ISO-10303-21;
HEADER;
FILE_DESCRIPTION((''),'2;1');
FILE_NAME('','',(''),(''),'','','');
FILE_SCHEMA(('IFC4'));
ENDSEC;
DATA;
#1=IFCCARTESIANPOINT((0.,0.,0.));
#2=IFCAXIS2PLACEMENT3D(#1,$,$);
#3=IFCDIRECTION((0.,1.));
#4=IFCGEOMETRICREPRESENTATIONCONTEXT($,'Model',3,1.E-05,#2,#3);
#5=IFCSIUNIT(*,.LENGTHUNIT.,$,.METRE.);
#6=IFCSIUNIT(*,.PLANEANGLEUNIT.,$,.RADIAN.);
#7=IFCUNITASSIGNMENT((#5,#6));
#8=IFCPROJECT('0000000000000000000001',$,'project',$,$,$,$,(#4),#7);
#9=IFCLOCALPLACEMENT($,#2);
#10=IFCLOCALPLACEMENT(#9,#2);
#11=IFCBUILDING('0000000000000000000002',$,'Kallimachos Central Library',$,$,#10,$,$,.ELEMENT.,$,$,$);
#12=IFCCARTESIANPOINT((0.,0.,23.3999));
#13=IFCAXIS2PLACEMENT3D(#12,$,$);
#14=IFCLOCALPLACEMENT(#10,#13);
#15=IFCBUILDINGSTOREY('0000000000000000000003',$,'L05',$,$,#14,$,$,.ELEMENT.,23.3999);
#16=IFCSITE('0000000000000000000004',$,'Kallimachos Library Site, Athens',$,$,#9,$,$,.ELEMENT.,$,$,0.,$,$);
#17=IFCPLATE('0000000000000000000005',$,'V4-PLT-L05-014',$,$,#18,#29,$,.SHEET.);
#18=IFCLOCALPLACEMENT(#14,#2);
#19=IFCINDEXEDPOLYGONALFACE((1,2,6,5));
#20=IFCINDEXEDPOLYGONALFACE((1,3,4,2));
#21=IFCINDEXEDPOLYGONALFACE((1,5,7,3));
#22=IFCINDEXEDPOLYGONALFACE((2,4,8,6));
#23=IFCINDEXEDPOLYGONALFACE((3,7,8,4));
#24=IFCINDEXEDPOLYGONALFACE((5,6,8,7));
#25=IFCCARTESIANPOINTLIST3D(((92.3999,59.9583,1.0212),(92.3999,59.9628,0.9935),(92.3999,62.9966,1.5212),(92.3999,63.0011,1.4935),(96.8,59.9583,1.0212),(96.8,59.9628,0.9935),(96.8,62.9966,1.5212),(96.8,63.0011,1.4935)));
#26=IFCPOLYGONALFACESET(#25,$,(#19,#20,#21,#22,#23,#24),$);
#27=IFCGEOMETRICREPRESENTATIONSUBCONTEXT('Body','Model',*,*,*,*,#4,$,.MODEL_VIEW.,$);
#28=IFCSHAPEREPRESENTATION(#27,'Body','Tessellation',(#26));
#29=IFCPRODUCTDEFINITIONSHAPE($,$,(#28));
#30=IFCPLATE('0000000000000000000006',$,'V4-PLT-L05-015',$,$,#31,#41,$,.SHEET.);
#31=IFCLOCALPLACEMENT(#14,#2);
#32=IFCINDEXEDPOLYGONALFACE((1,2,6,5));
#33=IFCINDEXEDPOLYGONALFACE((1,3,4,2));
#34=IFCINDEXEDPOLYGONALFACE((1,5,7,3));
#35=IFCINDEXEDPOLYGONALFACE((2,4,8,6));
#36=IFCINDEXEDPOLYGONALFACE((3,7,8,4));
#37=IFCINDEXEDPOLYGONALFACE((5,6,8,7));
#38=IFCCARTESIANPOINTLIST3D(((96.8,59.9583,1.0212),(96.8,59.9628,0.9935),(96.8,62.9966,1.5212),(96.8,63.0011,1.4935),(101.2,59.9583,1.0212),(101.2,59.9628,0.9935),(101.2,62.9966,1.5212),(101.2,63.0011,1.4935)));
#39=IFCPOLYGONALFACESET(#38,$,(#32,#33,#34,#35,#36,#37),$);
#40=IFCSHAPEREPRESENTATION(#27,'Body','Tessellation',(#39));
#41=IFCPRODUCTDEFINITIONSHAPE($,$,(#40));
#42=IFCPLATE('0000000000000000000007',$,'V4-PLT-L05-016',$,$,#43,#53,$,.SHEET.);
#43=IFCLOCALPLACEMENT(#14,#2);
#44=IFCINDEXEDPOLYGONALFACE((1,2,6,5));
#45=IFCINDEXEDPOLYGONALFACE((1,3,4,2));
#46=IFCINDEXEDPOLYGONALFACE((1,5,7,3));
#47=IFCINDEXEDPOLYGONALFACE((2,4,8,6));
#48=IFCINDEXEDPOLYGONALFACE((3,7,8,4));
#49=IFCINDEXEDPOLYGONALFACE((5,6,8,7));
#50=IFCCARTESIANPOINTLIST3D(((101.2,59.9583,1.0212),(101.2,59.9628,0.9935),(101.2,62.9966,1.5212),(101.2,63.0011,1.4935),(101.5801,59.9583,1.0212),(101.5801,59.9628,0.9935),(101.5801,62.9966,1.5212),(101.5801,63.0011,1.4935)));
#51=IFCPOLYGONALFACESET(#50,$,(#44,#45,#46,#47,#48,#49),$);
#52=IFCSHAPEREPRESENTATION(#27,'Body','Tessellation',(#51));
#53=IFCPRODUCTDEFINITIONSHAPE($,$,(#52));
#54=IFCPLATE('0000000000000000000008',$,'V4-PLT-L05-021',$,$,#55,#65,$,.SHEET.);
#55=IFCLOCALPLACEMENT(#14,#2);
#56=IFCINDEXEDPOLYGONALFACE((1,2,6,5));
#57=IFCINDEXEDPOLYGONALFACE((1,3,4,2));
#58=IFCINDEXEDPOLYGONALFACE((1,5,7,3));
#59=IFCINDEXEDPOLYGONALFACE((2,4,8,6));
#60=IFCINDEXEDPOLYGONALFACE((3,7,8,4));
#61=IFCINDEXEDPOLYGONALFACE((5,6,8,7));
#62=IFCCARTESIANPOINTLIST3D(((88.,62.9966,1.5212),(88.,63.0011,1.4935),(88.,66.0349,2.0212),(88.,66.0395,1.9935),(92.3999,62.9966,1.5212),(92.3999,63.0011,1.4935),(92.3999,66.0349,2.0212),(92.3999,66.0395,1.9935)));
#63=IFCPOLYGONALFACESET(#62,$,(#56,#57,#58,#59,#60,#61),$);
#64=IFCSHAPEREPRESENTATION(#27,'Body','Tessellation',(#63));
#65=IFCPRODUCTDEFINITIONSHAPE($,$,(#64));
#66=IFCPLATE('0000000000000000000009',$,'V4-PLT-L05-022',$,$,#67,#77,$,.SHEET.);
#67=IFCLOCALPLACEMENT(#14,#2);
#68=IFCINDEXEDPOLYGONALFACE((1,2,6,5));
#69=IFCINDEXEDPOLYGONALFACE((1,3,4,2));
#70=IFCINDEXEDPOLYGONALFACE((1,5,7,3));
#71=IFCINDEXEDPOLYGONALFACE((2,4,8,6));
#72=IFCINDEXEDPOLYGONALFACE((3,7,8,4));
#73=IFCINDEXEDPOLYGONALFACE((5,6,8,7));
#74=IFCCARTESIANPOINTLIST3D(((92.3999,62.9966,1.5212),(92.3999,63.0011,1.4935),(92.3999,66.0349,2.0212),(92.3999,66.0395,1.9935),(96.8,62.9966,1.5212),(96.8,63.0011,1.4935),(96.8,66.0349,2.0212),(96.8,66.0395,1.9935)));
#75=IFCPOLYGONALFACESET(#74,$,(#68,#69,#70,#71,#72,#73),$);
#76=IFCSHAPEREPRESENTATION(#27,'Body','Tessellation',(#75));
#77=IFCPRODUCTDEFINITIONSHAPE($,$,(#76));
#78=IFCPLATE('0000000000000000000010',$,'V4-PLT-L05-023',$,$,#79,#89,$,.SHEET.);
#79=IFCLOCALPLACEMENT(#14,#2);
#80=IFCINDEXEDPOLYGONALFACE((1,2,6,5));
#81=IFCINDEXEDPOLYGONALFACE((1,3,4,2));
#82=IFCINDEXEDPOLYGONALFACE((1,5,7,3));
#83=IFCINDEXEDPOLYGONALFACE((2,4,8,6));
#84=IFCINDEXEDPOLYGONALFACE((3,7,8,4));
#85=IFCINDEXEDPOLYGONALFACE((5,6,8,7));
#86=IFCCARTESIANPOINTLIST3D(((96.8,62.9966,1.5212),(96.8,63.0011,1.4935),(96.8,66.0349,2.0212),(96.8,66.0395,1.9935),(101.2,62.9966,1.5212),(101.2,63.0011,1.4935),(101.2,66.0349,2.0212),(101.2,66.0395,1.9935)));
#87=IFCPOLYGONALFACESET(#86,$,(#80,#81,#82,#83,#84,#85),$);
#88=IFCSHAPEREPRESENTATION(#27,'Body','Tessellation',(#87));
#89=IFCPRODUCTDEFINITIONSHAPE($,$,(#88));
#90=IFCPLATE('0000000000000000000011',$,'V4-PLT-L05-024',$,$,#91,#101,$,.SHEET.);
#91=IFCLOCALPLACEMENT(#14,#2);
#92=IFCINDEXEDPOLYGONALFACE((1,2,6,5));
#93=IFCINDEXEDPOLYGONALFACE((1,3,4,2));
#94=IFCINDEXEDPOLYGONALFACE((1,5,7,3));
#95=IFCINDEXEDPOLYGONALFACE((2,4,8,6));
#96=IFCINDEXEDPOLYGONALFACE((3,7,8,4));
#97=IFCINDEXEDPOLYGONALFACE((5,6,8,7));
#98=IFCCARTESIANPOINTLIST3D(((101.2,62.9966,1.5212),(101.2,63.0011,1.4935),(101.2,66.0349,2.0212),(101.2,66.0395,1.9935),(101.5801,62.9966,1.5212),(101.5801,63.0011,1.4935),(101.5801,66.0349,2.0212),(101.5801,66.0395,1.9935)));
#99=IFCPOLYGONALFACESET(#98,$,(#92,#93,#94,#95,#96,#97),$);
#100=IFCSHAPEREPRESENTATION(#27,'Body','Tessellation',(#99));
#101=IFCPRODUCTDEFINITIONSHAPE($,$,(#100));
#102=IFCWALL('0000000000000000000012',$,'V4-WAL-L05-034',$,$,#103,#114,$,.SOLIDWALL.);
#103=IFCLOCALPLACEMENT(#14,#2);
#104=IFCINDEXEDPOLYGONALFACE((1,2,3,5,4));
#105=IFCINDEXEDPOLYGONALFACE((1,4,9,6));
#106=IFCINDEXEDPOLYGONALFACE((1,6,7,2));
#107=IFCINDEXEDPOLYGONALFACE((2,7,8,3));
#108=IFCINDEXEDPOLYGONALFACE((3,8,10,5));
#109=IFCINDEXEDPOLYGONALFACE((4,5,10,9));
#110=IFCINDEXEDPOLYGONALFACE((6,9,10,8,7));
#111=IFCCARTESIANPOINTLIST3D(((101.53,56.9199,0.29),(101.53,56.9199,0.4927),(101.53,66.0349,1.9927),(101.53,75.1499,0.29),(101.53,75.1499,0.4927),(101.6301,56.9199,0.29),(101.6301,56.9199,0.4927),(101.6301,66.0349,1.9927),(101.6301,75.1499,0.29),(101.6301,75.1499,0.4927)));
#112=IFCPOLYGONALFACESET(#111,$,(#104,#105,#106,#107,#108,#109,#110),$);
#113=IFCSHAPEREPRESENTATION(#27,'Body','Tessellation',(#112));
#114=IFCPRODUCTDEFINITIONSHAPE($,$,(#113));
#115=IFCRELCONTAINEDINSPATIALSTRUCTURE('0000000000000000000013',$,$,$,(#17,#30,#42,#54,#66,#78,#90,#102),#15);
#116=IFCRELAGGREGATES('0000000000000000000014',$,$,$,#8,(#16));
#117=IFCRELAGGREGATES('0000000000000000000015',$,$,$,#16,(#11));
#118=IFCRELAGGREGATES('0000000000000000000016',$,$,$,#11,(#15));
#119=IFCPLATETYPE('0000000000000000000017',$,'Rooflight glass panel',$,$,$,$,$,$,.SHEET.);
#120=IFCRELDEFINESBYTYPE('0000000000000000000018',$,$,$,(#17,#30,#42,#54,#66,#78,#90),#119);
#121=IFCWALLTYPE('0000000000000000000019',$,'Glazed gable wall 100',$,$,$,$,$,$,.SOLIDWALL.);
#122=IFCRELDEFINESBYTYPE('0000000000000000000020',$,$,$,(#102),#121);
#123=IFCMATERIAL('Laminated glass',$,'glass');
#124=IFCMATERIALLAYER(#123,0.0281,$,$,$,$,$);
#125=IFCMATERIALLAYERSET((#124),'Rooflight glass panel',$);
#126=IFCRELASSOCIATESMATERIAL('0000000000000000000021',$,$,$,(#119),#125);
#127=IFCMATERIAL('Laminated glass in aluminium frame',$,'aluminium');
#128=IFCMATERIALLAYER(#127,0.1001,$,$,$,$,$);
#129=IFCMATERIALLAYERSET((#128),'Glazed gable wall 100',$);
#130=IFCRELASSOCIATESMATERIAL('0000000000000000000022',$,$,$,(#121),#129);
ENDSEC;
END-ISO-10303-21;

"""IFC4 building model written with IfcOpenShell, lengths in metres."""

from ifc_helpers import new_model, si_unit, direction, frame, origin, place, context, subcontext, project, spatial, polyline, outline, extrude, material, layer, layer_set, type_object, element, save


model = new_model("IFC4")

# Units and contexts
model_context = context("Model", 3, precision=1e-05, world=origin(), true_north=direction((0.0, 1.0)))
body_context = subcontext(model_context, "Body", "Model", "MODEL_VIEW")
ifc_project = project(units=[si_unit("LENGTHUNIT", "METRE"), si_unit("PLANEANGLEUNIT", "RADIAN")], contexts=[model_context])

# Site, building, storey
site_placement = place(None, origin())
site = spatial("IfcSite", under=ifc_project, at=site_placement, Name="Kallimachos Library Site, Athens", CompositionType="ELEMENT", RefElevation=0.0)
building_placement = place(site_placement, origin())
building = spatial("IfcBuilding", under=site, at=building_placement, Name="Kallimachos Central Library", CompositionType="ELEMENT")
storey_placement = place(building_placement, frame((0.0, 0.0, 23.3999)))
storey = spatial("IfcBuildingStorey", under=building, at=storey_placement, Name="L05", CompositionType="ELEMENT", Elevation=23.3999)

# Plates
ifc_material_1 = material(Name="Laminated glass", Category="glass")
ifc_layer_1 = layer(ifc_material_1, 0.0281)
ifc_layer_set_1 = layer_set([ifc_layer_1], Name="Rooflight glass panel")
plate_type = type_object("IfcPlateType", Name="Rooflight glass panel", PredefinedType="SHEET", material=ifc_layer_set_1)
plate_1_placement = place(storey_placement, frame((92.3999, 59.9583, 1.0212), z_axis=(0.0, -0.16238, 0.986728), x_axis=(1.0, 0.0, 0.0)))
element("IfcPlate", 1, at=plate_1_placement, inside=storey, type_object=plate_type, Name="V4-PLT-L05-014", PredefinedType="SHEET", context=body_context, shape_type="SweptSolid", body=[
    extrude(outline(polyline([(0.0, 0.0), (4.4001, 0.0), (4.4001, 3.0792), (0.0, 3.0792), (0.0, 0.0)])), origin(), (0.0, 0.0, -1.0), 0.0281),
])
plate_2_placement = place(storey_placement, frame((96.8, 59.9583, 1.0212), z_axis=(0.0, -0.16238, 0.986728), x_axis=(1.0, 0.0, 0.0)))
element("IfcPlate", 2, at=plate_2_placement, inside=storey, type_object=plate_type, Name="V4-PLT-L05-015", PredefinedType="SHEET", context=body_context, shape_type="SweptSolid", body=[
    extrude(outline(polyline([(0.0, 0.0), (4.3999, 0.0), (4.3999, 3.0792), (0.0, 3.0792), (0.0, 0.0)])), origin(), (0.0, 0.0, -1.0), 0.0281),
])
plate_3_placement = place(storey_placement, frame((101.2, 59.9583, 1.0212), z_axis=(0.0, -0.16238, 0.986728), x_axis=(1.0, 0.0, 0.0)))
element("IfcPlate", 3, at=plate_3_placement, inside=storey, type_object=plate_type, Name="V4-PLT-L05-016", PredefinedType="SHEET", context=body_context, shape_type="SweptSolid", body=[
    extrude(outline(polyline([(0.0, 0.0), (0.3801, 0.0), (0.3801, 3.0792), (0.0, 3.0792), (0.0, 0.0)])), origin(), (0.0, 0.0, -1.0), 0.0281),
])
plate_4_placement = place(storey_placement, frame((88.0, 62.9966, 1.5212), z_axis=(0.0, -0.16238, 0.986728), x_axis=(1.0, 0.0, 0.0)))
element("IfcPlate", 4, at=plate_4_placement, inside=storey, type_object=plate_type, Name="V4-PLT-L05-021", PredefinedType="SHEET", context=body_context, shape_type="SweptSolid", body=[
    extrude(outline(polyline([(0.0, 0.0), (4.3999, 0.0), (4.3999, 3.0792), (0.0, 3.0792), (0.0, 0.0)])), origin(), (0.0, 0.0, -1.0), 0.0281),
])
plate_5_placement = place(storey_placement, frame((92.3999, 62.9966, 1.5212), z_axis=(0.0, -0.16238, 0.986728), x_axis=(1.0, 0.0, 0.0)))
element("IfcPlate", 5, at=plate_5_placement, inside=storey, type_object=plate_type, Name="V4-PLT-L05-022", PredefinedType="SHEET", context=body_context, shape_type="SweptSolid", body=[
    extrude(outline(polyline([(0.0, 0.0), (4.4001, 0.0), (4.4001, 3.0792), (0.0, 3.0792), (0.0, 0.0)])), origin(), (0.0, 0.0, -1.0), 0.0281),
])
plate_6_placement = place(storey_placement, frame((96.8, 62.9966, 1.5212), z_axis=(0.0, -0.16238, 0.986728), x_axis=(1.0, 0.0, 0.0)))
element("IfcPlate", 6, at=plate_6_placement, inside=storey, type_object=plate_type, Name="V4-PLT-L05-023", PredefinedType="SHEET", context=body_context, shape_type="SweptSolid", body=[
    extrude(outline(polyline([(0.0, 0.0), (4.3999, 0.0), (4.3999, 3.0792), (0.0, 3.0792), (0.0, 0.0)])), origin(), (0.0, 0.0, -1.0), 0.0281),
])
plate_7_placement = place(storey_placement, frame((101.2, 62.9966, 1.5212), z_axis=(0.0, -0.16238, 0.986728), x_axis=(1.0, 0.0, 0.0)))
element("IfcPlate", 7, at=plate_7_placement, inside=storey, type_object=plate_type, Name="V4-PLT-L05-024", PredefinedType="SHEET", context=body_context, shape_type="SweptSolid", body=[
    extrude(outline(polyline([(0.0, 0.0), (0.3801, 0.0), (0.3801, 3.0792), (0.0, 3.0792), (0.0, 0.0)])), origin(), (0.0, 0.0, -1.0), 0.0281),
])

# Wall
ifc_material_2 = material(Name="Laminated glass in aluminium frame", Category="aluminium")
ifc_layer_2 = layer(ifc_material_2, 0.1001)
ifc_layer_set_2 = layer_set([ifc_layer_2], Name="Glazed gable wall 100")
wall_type = type_object("IfcWallType", Name="Glazed gable wall 100", PredefinedType="SOLIDWALL", material=ifc_layer_set_2)
wall_placement = place(storey_placement, frame((101.5801, 56.9199, 0.29), z_axis=(0.0, 0.0, 1.0), x_axis=(0.0, 1.0, 0.0)))
element("IfcWall", 8, at=wall_placement, inside=storey, type_object=wall_type, Name="V4-WAL-L05-034", PredefinedType="SOLIDWALL", context=body_context, shape_type="SweptSolid", body=[
    extrude(outline(polyline([(0.0, 0.0), (18.23, 0.0), (18.23, 0.2026), (9.115, 1.7026), (0.0, 0.2026), (0.0, 0.0)])), frame((0.0, 0.05, 0.0), z_axis=(0.0, -1.0, 0.0), x_axis=(1.0, 0.0, 0.0)), (0.0, 0.0, 1.0), 0.1001),
])

save(model, "model.ifc")
